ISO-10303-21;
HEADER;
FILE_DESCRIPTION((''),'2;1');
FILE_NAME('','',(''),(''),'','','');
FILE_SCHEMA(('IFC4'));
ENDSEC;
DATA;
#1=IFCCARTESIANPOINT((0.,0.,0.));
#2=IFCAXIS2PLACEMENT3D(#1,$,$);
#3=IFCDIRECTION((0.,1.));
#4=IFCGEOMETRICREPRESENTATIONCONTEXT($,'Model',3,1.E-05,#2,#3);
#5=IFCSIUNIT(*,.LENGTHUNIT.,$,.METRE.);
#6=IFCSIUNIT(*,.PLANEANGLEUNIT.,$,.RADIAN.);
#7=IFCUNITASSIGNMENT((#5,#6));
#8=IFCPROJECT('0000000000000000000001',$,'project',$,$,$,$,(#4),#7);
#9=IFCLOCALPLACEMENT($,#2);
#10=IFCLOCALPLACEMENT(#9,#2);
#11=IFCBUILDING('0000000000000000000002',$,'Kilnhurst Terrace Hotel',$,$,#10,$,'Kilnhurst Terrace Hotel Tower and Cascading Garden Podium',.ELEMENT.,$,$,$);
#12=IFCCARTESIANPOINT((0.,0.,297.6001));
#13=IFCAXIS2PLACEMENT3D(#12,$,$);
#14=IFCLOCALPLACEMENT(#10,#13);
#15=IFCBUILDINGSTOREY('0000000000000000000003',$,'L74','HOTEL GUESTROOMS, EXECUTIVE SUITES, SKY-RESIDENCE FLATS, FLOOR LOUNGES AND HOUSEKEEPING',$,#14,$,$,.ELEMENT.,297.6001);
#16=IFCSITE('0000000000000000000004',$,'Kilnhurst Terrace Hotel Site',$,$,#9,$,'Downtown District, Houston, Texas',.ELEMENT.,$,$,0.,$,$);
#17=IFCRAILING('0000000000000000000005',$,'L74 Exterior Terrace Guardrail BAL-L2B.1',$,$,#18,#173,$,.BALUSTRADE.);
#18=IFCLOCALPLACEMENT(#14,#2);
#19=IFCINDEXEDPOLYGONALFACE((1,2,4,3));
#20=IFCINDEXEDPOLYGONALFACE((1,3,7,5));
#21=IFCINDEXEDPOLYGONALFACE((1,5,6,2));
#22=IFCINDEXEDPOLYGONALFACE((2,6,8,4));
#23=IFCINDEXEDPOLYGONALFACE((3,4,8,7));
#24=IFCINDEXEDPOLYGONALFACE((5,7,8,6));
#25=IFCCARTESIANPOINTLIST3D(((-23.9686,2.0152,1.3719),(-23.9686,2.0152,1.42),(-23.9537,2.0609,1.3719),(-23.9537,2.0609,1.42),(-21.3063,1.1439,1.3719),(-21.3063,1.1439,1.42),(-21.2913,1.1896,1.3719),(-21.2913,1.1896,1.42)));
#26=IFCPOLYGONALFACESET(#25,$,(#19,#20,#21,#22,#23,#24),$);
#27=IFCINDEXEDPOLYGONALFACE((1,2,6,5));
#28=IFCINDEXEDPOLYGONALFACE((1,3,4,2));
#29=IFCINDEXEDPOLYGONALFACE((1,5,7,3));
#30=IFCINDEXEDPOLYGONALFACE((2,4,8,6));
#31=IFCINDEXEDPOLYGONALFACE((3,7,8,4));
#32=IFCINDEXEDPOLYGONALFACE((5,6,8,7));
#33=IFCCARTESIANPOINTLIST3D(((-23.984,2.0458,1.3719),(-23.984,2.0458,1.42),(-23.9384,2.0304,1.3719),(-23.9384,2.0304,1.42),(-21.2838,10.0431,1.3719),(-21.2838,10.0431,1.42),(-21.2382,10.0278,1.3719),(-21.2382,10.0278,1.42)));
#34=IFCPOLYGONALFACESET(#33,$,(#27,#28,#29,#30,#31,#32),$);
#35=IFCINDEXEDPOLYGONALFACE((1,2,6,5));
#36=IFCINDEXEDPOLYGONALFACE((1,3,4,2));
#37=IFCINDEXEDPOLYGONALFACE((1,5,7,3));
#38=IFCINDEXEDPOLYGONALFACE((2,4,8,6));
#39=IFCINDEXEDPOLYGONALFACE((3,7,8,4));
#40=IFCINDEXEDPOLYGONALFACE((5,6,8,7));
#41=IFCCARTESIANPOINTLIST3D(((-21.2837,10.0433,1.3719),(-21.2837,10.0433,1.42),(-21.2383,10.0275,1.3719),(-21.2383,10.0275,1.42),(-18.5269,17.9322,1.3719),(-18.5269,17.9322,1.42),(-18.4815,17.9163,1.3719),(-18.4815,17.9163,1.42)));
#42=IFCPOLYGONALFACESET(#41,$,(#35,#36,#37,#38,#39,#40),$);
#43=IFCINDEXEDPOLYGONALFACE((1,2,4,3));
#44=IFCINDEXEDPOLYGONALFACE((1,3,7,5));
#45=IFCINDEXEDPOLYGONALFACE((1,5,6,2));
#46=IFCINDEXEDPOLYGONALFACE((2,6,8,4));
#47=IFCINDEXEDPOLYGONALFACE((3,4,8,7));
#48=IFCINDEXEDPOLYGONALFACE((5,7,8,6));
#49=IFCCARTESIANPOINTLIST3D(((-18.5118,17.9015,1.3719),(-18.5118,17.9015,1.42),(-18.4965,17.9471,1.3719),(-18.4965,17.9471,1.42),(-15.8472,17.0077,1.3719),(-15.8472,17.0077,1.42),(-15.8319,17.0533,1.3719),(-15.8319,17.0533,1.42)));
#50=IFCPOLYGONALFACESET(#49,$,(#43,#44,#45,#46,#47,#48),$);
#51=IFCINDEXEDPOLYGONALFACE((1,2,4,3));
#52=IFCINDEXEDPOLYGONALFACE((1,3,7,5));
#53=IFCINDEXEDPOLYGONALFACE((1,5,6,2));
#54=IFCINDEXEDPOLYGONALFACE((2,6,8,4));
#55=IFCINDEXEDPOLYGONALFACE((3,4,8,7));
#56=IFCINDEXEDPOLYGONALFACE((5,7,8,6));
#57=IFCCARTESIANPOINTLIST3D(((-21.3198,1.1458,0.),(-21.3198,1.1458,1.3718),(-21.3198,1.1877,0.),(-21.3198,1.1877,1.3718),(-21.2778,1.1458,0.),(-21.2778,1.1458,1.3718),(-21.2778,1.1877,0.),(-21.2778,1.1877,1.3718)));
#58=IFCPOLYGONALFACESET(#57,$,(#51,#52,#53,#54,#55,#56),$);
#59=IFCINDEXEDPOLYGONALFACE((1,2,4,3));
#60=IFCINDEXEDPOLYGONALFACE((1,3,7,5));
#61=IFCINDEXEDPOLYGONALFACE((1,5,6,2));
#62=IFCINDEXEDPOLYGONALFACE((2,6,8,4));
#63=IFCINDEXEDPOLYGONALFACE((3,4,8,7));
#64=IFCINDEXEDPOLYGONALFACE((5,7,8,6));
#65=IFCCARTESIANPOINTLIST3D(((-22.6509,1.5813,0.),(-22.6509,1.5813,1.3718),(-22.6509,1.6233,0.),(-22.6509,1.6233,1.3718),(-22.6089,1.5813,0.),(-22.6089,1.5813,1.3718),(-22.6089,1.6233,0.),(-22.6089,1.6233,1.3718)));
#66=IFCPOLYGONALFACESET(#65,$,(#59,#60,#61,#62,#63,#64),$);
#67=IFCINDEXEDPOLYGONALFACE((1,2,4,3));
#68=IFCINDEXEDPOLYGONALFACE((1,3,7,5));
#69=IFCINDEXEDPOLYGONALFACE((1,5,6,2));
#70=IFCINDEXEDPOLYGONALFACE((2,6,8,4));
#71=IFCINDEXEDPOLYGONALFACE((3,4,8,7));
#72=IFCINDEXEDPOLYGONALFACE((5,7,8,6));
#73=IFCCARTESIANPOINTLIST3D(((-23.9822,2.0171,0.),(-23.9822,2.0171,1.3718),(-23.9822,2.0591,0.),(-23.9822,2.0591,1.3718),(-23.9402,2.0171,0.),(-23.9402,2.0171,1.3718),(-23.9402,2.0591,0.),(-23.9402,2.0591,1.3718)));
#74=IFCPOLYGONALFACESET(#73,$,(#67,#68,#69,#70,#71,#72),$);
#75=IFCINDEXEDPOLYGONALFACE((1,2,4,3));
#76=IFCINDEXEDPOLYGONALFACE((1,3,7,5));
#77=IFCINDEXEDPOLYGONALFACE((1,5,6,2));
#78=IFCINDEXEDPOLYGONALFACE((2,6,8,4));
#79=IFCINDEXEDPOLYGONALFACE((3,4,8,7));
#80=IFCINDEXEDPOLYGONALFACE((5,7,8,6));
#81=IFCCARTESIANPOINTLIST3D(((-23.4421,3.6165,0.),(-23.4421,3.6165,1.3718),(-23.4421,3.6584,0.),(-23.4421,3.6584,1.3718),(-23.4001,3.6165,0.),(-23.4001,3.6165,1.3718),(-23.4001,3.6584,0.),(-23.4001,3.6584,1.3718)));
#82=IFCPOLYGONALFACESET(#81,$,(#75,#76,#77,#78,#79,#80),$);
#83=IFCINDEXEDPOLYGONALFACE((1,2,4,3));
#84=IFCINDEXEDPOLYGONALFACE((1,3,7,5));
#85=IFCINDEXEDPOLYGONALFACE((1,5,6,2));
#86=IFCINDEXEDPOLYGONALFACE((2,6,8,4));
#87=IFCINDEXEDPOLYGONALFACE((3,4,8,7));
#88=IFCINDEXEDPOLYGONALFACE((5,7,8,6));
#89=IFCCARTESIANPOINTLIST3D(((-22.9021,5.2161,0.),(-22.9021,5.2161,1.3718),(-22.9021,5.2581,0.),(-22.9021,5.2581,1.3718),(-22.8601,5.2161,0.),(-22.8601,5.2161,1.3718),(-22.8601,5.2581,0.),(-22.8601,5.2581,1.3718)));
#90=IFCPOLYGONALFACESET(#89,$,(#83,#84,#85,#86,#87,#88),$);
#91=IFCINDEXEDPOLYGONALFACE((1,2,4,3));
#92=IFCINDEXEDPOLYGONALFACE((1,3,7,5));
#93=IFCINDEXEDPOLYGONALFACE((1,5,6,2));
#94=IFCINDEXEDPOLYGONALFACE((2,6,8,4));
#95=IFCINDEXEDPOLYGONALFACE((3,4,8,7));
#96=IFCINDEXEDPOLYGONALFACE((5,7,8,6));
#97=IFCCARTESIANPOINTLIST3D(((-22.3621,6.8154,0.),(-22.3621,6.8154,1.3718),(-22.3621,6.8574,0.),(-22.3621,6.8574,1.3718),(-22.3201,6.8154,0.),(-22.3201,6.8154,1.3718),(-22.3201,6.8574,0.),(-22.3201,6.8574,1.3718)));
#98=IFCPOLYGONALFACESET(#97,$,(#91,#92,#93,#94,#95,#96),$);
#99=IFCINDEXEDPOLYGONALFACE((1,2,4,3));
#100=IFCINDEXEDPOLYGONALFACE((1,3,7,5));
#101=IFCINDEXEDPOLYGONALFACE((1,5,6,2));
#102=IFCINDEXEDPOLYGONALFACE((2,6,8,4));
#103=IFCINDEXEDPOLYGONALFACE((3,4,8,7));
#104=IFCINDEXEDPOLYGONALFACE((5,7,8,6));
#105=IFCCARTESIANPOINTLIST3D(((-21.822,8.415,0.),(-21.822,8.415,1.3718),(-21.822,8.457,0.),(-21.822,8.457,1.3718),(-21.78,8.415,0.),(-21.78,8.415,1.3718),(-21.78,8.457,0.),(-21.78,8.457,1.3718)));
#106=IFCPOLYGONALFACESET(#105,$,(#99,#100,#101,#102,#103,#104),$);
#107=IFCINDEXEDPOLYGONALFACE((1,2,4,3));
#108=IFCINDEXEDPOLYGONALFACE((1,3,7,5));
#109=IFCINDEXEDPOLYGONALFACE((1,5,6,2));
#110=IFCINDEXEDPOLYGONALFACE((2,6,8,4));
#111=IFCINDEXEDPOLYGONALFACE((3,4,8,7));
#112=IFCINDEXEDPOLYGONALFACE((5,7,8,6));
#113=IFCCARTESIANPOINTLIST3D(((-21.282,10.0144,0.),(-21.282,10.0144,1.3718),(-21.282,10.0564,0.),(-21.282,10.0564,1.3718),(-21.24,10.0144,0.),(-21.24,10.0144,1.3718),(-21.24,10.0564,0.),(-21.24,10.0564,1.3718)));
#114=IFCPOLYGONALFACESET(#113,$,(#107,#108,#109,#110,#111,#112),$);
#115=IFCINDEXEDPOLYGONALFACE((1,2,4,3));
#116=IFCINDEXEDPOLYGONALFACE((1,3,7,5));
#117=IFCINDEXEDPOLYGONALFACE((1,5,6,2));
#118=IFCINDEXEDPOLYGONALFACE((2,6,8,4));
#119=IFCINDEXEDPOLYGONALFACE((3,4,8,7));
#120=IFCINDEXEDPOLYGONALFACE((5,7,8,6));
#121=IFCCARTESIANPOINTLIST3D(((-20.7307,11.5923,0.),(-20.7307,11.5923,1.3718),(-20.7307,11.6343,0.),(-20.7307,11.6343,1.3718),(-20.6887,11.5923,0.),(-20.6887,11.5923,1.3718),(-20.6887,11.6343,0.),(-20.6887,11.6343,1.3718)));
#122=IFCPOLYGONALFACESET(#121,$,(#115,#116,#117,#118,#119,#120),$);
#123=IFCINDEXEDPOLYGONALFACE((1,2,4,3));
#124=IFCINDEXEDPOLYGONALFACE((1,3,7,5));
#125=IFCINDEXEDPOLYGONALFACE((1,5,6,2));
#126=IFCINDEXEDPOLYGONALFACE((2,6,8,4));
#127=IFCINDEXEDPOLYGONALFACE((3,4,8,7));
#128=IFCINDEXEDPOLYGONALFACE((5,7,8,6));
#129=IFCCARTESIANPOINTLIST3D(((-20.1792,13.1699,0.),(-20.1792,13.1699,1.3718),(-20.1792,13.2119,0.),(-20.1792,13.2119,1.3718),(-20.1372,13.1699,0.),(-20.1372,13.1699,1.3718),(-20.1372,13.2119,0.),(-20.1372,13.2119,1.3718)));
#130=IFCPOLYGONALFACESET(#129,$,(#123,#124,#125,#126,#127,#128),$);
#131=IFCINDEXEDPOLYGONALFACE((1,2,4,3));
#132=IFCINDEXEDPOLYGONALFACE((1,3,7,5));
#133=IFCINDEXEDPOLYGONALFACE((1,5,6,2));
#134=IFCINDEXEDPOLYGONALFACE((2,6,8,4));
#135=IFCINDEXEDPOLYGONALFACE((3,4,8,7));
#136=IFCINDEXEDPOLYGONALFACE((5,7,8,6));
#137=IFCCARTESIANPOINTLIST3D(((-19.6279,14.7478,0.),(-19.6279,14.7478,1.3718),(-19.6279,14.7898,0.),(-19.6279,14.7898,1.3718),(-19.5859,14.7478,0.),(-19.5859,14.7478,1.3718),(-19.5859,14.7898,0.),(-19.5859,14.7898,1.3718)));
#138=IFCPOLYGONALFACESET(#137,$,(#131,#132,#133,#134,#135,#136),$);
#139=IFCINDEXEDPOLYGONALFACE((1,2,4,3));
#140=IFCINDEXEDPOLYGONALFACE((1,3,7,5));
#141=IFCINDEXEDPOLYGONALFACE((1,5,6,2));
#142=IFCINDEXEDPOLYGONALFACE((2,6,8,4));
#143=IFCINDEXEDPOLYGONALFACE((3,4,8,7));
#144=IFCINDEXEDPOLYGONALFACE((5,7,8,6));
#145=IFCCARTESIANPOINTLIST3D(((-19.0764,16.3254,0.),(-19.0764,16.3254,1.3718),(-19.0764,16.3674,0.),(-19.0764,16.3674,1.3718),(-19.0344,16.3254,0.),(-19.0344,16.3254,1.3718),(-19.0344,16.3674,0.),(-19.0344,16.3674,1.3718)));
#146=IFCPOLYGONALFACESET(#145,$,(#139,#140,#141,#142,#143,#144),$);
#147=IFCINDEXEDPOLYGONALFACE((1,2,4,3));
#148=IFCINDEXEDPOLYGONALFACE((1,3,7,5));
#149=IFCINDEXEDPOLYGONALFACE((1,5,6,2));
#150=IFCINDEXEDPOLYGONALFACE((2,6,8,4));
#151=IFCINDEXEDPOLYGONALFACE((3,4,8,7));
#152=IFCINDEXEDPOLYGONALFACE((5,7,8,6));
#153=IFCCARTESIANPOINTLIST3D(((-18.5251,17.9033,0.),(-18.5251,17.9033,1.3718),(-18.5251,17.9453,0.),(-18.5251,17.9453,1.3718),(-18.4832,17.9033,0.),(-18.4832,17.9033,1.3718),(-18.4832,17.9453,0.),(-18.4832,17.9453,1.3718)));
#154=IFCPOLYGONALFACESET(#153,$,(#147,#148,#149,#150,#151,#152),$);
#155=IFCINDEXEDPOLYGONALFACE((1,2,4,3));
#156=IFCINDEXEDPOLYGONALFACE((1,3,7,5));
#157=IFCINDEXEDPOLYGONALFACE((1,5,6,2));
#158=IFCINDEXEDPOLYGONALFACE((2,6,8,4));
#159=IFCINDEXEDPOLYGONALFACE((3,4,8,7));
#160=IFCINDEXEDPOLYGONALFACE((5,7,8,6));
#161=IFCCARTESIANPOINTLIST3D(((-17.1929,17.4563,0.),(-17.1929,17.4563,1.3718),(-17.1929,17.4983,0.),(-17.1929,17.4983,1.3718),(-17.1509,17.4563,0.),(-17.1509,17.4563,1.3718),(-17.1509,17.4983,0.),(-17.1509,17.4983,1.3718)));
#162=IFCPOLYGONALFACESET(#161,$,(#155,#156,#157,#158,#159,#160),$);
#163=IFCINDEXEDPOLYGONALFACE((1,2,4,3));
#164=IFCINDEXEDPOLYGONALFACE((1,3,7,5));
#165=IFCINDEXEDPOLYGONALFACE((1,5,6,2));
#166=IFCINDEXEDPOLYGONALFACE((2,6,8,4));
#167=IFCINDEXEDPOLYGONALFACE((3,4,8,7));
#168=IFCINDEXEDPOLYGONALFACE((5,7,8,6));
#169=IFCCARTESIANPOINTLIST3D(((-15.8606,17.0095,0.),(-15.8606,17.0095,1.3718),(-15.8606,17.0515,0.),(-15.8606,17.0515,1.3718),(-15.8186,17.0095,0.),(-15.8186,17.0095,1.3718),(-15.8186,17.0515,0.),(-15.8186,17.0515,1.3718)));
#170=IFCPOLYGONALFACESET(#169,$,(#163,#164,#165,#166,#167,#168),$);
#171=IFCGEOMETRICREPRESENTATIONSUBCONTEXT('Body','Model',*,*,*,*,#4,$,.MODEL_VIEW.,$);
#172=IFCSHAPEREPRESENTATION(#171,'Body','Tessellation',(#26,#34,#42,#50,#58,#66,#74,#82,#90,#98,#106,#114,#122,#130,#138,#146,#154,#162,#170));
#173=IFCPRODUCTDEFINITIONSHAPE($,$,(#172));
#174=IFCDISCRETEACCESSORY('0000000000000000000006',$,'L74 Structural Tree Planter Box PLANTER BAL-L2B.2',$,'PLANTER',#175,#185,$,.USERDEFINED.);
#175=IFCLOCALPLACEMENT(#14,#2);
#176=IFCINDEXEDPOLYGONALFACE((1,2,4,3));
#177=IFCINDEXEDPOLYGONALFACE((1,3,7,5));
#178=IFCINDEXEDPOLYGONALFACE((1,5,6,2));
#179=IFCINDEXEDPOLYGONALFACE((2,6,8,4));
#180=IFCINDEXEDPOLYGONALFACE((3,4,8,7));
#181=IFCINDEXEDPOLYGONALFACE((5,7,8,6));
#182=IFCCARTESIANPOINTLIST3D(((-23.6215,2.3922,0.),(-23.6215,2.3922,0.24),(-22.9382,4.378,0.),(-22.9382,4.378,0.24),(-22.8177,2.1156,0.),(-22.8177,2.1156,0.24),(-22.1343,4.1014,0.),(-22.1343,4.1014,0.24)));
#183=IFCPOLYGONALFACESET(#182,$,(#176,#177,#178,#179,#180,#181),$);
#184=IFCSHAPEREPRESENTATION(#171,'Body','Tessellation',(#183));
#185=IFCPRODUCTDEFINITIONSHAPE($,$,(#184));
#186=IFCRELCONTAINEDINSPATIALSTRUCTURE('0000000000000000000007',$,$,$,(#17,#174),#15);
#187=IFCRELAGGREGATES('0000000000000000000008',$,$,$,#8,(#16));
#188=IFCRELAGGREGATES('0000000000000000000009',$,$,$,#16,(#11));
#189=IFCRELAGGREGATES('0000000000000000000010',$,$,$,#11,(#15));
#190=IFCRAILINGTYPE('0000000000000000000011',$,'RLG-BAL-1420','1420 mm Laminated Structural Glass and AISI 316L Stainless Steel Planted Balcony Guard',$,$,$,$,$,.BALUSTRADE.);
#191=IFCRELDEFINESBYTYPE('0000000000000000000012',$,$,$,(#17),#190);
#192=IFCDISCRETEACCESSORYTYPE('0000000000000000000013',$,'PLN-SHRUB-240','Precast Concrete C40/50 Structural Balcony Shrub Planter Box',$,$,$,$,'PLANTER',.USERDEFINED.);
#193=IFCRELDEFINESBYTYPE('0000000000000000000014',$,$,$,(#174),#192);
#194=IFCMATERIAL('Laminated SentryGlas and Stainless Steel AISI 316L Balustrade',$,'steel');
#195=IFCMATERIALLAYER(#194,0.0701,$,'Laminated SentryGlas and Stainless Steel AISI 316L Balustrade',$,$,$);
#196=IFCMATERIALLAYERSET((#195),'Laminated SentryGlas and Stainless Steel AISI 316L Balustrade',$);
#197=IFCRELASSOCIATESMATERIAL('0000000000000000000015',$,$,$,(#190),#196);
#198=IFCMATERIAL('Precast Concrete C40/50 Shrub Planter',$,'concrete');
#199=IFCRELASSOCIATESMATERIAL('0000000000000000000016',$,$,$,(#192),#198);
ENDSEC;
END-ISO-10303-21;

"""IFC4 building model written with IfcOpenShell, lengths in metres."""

from ifc_helpers import new_model, si_unit, direction, frame, origin, origin_2d, place, context, subcontext, project, spatial, rectangle, extrude, material, layer, layer_set, type_object, element, save


model = new_model("IFC4")

# Units and contexts
model_context = context("Model", 3, precision=1e-05, world=origin(), true_north=direction((0.0, 1.0)))
body_context = subcontext(model_context, "Body", "Model", "MODEL_VIEW")
ifc_project = project(units=[si_unit("LENGTHUNIT", "METRE"), si_unit("PLANEANGLEUNIT", "RADIAN")], contexts=[model_context])

# Site, building, storey
site_placement = place(None, origin())
site = spatial("IfcSite", under=ifc_project, at=site_placement, Name="Kilnhurst Terrace Hotel Site", LongName="Downtown District, Houston, Texas", CompositionType="ELEMENT", RefElevation=0.0)
building_placement = place(site_placement, origin())
building = spatial("IfcBuilding", under=site, at=building_placement, Name="Kilnhurst Terrace Hotel", LongName="Kilnhurst Terrace Hotel Tower and Cascading Garden Podium", CompositionType="ELEMENT")
storey_placement = place(building_placement, frame((0.0, 0.0, 297.6001)))
storey = spatial("IfcBuildingStorey", under=building, at=storey_placement, Name="L74", Description="HOTEL GUESTROOMS, EXECUTIVE SUITES, SKY-RESIDENCE FLATS, FLOOR LOUNGES AND HOUSEKEEPING", CompositionType="ELEMENT", Elevation=297.6001)

# Railing
ifc_material_1 = material(Name="Laminated SentryGlas and Stainless Steel AISI 316L Balustrade", Category="steel")
ifc_layer_1 = layer(ifc_material_1, 0.0701, Name="Laminated SentryGlas and Stainless Steel AISI 316L Balustrade")
ifc_layer_set_1 = layer_set([ifc_layer_1], Name="Laminated SentryGlas and Stainless Steel AISI 316L Balustrade")
railing_type = type_object("IfcRailingType", Name="RLG-BAL-1420", Description="1420 mm Laminated Structural Glass and AISI 316L Stainless Steel Planted Balcony Guard", PredefinedType="BALUSTRADE", material=ifc_layer_set_1)
railing_placement = place(storey_placement, frame((-21.2988, 1.1667, 0.0)))
element("IfcRailing", 1, at=railing_placement, inside=storey, type_object=railing_type, Name="L74 Exterior Terrace Guardrail BAL-L2B.1", PredefinedType="BALUSTRADE", context=body_context, shape_type="SweptSolid", body=[
    extrude(rectangle(XDim=0.0481, YDim=0.0481, at=origin_2d()), frame((0.0, 0.0, 1.396), z_axis=(-0.950395, 0.311046, 0.0), x_axis=(-0.311046, -0.950395, 0.0)), (0.0, 0.0, 1.0), 2.8013),
    extrude(rectangle(XDim=0.0481, YDim=0.0481, at=origin_2d()), frame((-2.6624, 0.8713, 1.396), z_axis=(0.319896, 0.947453, 0.0), x_axis=(-0.947453, 0.319896, 0.0)), (0.0, 0.0, 1.0), 8.4409),
    extrude(rectangle(XDim=0.0481, YDim=0.0481, at=origin_2d()), frame((0.0378, 8.8687, 1.396), z_axis=(0.329894, 0.944018, 0.0), x_axis=(-0.944018, 0.329894, 0.0)), (0.0, 0.0, 1.0), 8.3567),
    extrude(rectangle(XDim=0.0481, YDim=0.0481, at=origin_2d()), frame((2.7947, 16.7576, 1.396), z_axis=(0.948082, -0.318025, 0.0), x_axis=(0.318025, 0.948082, 0.0)), (0.0, 0.0, 1.0), 2.8105),
    extrude(rectangle(XDim=0.042, YDim=0.042, at=origin_2d()), origin(), (0.0, 0.0, 1.0), 1.3718),
    extrude(rectangle(XDim=0.042, YDim=0.042, at=origin_2d()), frame((-1.3311, 0.4355, 0.0)), (0.0, 0.0, 1.0), 1.3718),
    extrude(rectangle(XDim=0.042, YDim=0.042, at=origin_2d()), frame((-2.6624, 0.8713, 0.0)), (0.0, 0.0, 1.0), 1.3718),
    extrude(rectangle(XDim=0.042, YDim=0.042, at=origin_2d()), frame((-2.1223, 2.4707, 0.0)), (0.0, 0.0, 1.0), 1.3718),
    extrude(rectangle(XDim=0.042, YDim=0.042, at=origin_2d()), frame((-1.5823, 4.0703, 0.0)), (0.0, 0.0, 1.0), 1.3718),
    extrude(rectangle(XDim=0.042, YDim=0.042, at=origin_2d()), frame((-1.0422, 5.6697, 0.0)), (0.0, 0.0, 1.0), 1.3718),
    extrude(rectangle(XDim=0.042, YDim=0.042, at=origin_2d()), frame((-0.5022, 7.2693, 0.0)), (0.0, 0.0, 1.0), 1.3718),
    extrude(rectangle(XDim=0.042, YDim=0.042, at=origin_2d()), frame((0.0378, 8.8687, 0.0)), (0.0, 0.0, 1.0), 1.3718),
    extrude(rectangle(XDim=0.042, YDim=0.042, at=origin_2d()), frame((0.5891, 10.4465, 0.0)), (0.0, 0.0, 1.0), 1.3718),
    extrude(rectangle(XDim=0.042, YDim=0.042, at=origin_2d()), frame((1.1406, 12.0242, 0.0)), (0.0, 0.0, 1.0), 1.3718),
    extrude(rectangle(XDim=0.042, YDim=0.042, at=origin_2d()), frame((1.6919, 13.6021, 0.0)), (0.0, 0.0, 1.0), 1.3718),
    extrude(rectangle(XDim=0.042, YDim=0.042, at=origin_2d()), frame((2.2434, 15.1797, 0.0)), (0.0, 0.0, 1.0), 1.3718),
    extrude(rectangle(XDim=0.042, YDim=0.042, at=origin_2d()), frame((2.7947, 16.7576, 0.0)), (0.0, 0.0, 1.0), 1.3718),
    extrude(rectangle(XDim=0.042, YDim=0.042, at=origin_2d()), frame((4.127, 16.3105, 0.0)), (0.0, 0.0, 1.0), 1.3718),
    extrude(rectangle(XDim=0.042, YDim=0.042, at=origin_2d()), frame((5.4592, 15.8638, 0.0)), (0.0, 0.0, 1.0), 1.3718),
])

# Discrete accessory
ifc_material_2 = material(Name="Precast Concrete C40/50 Shrub Planter", Category="concrete")
discrete_accessory_type = type_object("IfcDiscreteAccessoryType", Name="PLN-SHRUB-240", Description="Precast Concrete C40/50 Structural Balcony Shrub Planter Box", ElementType="PLANTER", PredefinedType="USERDEFINED", material=ifc_material_2)
discrete_accessory_placement = place(storey_placement, frame((-22.8779, 3.2468, 0.0), z_axis=(0.0, 0.0, 1.0), x_axis=(-0.325403, -0.945575, 0.0)))
element("IfcDiscreteAccessory", 2, at=discrete_accessory_placement, inside=storey, type_object=discrete_accessory_type, Name="L74 Structural Tree Planter Box PLANTER BAL-L2B.2", ObjectType="PLANTER", PredefinedType="USERDEFINED", context=body_context, shape_type="SweptSolid", body=[
    extrude(rectangle(XDim=2.1001, YDim=0.8501, at=origin_2d()), origin(), (0.0, 0.0, 1.0), 0.24),
])

save(model, "model.ifc")
